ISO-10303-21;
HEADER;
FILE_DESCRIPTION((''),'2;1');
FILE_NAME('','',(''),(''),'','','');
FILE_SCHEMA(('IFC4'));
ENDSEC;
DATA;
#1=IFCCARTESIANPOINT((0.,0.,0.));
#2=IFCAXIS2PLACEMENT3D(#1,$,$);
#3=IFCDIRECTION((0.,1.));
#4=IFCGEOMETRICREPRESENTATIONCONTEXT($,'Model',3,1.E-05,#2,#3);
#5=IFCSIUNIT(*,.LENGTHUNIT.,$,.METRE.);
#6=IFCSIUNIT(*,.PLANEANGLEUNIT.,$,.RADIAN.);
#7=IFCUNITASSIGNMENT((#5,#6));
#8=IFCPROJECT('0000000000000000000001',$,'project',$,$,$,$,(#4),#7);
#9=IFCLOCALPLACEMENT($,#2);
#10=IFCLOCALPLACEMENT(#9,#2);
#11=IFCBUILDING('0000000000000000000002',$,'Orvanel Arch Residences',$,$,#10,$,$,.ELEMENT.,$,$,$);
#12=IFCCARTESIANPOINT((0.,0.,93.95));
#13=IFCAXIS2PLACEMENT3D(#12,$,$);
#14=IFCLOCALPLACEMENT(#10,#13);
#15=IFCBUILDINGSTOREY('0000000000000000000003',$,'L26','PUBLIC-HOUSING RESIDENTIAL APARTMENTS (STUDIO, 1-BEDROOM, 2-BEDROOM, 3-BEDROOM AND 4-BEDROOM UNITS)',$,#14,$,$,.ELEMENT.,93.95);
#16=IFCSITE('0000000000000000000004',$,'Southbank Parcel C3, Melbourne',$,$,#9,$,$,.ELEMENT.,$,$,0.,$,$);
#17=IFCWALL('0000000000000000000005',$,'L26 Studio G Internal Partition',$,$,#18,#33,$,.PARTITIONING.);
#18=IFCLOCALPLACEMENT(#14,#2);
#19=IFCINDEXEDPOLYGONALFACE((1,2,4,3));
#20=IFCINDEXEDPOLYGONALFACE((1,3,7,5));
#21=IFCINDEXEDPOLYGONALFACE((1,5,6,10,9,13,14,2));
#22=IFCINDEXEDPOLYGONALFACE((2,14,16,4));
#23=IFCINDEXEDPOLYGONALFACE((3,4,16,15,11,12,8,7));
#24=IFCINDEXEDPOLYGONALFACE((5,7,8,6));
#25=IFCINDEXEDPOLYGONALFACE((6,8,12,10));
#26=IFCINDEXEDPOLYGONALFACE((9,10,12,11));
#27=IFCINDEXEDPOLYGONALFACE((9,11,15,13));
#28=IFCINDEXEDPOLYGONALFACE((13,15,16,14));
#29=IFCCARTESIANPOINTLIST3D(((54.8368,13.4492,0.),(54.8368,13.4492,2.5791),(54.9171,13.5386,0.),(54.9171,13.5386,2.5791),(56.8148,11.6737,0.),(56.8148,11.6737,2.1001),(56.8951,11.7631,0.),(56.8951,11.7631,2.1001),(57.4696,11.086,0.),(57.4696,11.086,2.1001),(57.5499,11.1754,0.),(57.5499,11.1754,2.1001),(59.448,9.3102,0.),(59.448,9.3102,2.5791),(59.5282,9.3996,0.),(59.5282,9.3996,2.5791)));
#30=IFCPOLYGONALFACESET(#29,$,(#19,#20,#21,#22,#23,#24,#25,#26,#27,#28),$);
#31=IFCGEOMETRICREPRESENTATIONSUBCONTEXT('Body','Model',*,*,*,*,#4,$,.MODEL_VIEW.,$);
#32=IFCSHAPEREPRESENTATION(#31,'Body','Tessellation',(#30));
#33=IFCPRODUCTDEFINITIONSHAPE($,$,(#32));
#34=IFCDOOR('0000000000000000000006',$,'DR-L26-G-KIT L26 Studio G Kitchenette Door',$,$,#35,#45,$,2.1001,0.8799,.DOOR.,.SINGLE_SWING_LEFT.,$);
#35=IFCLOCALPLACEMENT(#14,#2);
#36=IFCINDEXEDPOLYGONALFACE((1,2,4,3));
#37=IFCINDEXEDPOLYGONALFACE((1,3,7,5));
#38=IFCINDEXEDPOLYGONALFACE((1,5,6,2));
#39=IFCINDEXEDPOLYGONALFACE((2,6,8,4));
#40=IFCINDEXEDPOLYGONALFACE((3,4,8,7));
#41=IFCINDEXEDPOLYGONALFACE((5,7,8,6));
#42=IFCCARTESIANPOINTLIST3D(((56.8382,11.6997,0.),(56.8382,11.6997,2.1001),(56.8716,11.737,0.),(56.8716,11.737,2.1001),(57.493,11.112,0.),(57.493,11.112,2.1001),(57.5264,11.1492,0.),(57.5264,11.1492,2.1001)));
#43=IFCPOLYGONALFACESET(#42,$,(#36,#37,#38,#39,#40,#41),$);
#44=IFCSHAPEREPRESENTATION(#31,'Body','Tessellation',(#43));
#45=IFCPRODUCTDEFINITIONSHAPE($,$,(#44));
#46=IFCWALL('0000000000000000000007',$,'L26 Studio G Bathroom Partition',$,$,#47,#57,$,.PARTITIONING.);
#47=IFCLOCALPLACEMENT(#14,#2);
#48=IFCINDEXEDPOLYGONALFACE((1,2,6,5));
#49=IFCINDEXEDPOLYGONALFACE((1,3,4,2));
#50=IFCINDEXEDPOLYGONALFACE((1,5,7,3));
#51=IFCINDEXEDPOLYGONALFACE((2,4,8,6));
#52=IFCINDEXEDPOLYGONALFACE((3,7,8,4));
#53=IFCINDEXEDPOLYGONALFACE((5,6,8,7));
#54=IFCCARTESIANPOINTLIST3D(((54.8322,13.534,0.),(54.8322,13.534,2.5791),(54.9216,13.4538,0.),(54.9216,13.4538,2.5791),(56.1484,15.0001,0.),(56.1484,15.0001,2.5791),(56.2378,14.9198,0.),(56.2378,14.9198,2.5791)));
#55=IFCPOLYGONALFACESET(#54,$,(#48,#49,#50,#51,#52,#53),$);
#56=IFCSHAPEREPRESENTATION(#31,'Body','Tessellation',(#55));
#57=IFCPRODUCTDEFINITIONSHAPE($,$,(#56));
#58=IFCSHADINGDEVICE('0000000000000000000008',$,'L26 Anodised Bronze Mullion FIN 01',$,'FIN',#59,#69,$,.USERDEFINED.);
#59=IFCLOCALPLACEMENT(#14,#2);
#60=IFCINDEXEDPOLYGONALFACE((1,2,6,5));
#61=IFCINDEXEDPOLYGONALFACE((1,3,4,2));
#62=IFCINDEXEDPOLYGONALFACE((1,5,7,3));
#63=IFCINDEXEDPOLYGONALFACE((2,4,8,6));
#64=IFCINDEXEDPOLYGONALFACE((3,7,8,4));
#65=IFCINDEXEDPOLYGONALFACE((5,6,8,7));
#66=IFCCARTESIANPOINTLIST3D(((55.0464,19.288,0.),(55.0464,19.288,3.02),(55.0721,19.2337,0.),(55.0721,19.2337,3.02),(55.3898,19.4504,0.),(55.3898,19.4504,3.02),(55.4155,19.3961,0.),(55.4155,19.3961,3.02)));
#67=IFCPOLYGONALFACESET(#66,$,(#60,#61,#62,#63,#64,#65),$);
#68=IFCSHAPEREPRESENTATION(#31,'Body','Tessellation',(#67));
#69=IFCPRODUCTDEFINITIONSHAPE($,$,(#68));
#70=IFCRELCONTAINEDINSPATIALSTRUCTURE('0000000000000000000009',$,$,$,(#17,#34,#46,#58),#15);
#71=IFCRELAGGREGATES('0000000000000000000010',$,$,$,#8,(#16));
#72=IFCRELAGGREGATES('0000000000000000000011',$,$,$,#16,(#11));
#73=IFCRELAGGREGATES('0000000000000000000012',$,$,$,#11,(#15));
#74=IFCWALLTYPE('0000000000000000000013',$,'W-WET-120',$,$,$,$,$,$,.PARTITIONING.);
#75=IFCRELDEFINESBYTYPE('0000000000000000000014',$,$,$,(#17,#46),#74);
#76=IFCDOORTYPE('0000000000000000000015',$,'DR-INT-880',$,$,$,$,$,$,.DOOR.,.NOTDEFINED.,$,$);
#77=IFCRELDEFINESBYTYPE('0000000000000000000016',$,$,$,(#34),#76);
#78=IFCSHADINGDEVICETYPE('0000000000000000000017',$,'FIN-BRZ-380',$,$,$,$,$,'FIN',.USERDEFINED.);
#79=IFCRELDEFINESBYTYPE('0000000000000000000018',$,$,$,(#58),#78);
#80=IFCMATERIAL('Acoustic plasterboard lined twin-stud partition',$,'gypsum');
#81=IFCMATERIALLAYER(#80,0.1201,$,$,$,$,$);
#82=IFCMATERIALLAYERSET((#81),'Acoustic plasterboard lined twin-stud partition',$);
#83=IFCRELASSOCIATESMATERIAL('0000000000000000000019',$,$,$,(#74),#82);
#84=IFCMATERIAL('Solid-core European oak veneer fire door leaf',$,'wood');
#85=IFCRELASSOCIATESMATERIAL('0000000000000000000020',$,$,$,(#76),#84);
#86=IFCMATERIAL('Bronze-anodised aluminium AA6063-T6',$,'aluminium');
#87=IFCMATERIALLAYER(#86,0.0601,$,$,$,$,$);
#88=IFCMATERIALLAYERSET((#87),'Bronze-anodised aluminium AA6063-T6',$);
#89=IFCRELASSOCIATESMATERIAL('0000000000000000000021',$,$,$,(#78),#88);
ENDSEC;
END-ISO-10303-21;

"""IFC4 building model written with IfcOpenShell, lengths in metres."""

from ifc_helpers import new_model, si_unit, direction, frame, frame_2d, origin, origin_2d, place, context, subcontext, project, spatial, rectangle, extrude, material, layer, layer_set, type_object, element, fill, save


model = new_model("IFC4")

# Units and contexts
model_context = context("Model", 3, precision=1e-05, world=origin(), true_north=direction((0.0, 1.0)))
body_context = subcontext(model_context, "Body", "Model", "MODEL_VIEW")
ifc_project = project(units=[si_unit("LENGTHUNIT", "METRE"), si_unit("PLANEANGLEUNIT", "RADIAN")], contexts=[model_context])

# Site, building, storey
site_placement = place(None, origin())
site = spatial("IfcSite", under=ifc_project, at=site_placement, Name="Southbank Parcel C3, Melbourne", CompositionType="ELEMENT", RefElevation=0.0)
building_placement = place(site_placement, origin())
building = spatial("IfcBuilding", under=site, at=building_placement, Name="Orvanel Arch Residences", CompositionType="ELEMENT")
storey_placement = place(building_placement, frame((0.0, 0.0, 93.95)))
storey = spatial("IfcBuildingStorey", under=building, at=storey_placement, Name="L26", Description="PUBLIC-HOUSING RESIDENTIAL APARTMENTS (STUDIO, 1-BEDROOM, 2-BEDROOM, 3-BEDROOM AND 4-BEDROOM UNITS)", CompositionType="ELEMENT", Elevation=93.95)

# Shared definitions
ifc_material_1 = material(Name="Bronze-anodised aluminium AA6063-T6", Category="aluminium")

# Wall, opening, door
ifc_material_2 = material(Name="Acoustic plasterboard lined twin-stud partition", Category="gypsum")
ifc_layer_1 = layer(ifc_material_2, 0.1201)
ifc_layer_set_1 = layer_set([ifc_layer_1], Name="Acoustic plasterboard lined twin-stud partition")
wall_type_1 = type_object("IfcWallType", Name="W-WET-120", PredefinedType="PARTITIONING", material=ifc_layer_set_1)
wall_1_placement = place(storey_placement, frame((54.877, 13.4939, 0.0), z_axis=(0.0, 0.0, 1.0), x_axis=(0.744181, -0.667978, 0.0)))
wall_1 = element("IfcWall", 1, at=wall_1_placement, inside=storey, type_object=wall_type_1, Name="L26 Studio G Internal Partition", PredefinedType="PARTITIONING", context=body_context, shape_type="SweptSolid", body=[
    extrude(rectangle(XDim=6.1963, YDim=0.1201, at=frame_2d((3.0981, 0.0))), origin(), (0.0, 0.0, 1.0), 2.5791),
])
opening_placement = place(wall_1_placement, frame((2.658, 0.0, 0.0)))
opening = element("IfcOpeningElement", 2, at=opening_placement, cuts=wall_1, PredefinedType="OPENING", context=body_context, shape_type="SweptSolid", body=[
    extrude(rectangle(XDim=0.8799, YDim=2.1001, at=frame_2d((0.4399, 1.05))), frame((0.0, 0.0701, 0.0), z_axis=(0.0, -1.0, 0.0), x_axis=(1.0, 0.0, 0.0)), (0.0, 0.0, 1.0), 0.1401),
])
ifc_material_3 = material(Name="Solid-core European oak veneer fire door leaf", Category="wood")
door_type = type_object("IfcDoorType", Name="DR-INT-880", OperationType="NOTDEFINED", PredefinedType="DOOR", material=ifc_material_3)
door_placement = place(opening_placement, origin())
door = element("IfcDoor", 3, at=door_placement, inside=storey, type_object=door_type, Name="DR-L26-G-KIT L26 Studio G Kitchenette Door", OperationType="SINGLE_SWING_LEFT", OverallHeight=2.1001, OverallWidth=0.8799, PredefinedType="DOOR", context=body_context, shape_type="SweptSolid", body=[
    extrude(rectangle(XDim=0.8799, YDim=2.1001, at=frame_2d((0.4399, 1.05))), frame((0.0, 0.0249, 0.0), z_axis=(0.0, -1.0, 0.0), x_axis=(1.0, 0.0, 0.0)), (0.0, 0.0, 1.0), 0.05),
])
fill(opening, door)

# Wall
wall_2_placement = place(storey_placement, frame((56.1931, 14.96, 0.0), z_axis=(0.0, 0.0, 1.0), x_axis=(-0.66804, -0.744125, 0.0)))
element("IfcWall", 4, at=wall_2_placement, inside=storey, type_object=wall_type_1, Name="L26 Studio G Bathroom Partition", PredefinedType="PARTITIONING", context=body_context, shape_type="SweptSolid", body=[
    extrude(rectangle(XDim=1.9702, YDim=0.1201, at=frame_2d((0.9851, 0.0))), origin(), (0.0, 0.0, 1.0), 2.5791),
])

# Shading device
ifc_layer_2 = layer(ifc_material_1, 0.0601)
ifc_layer_set_2 = layer_set([ifc_layer_2], Name="Bronze-anodised aluminium AA6063-T6")
shading_device_type = type_object("IfcShadingDeviceType", Name="FIN-BRZ-380", ElementType="FIN", PredefinedType="USERDEFINED", material=ifc_layer_set_2)
shading_device_placement = place(storey_placement, frame((55.231, 19.342, 0.0), z_axis=(0.0, 0.0, 1.0), x_axis=(0.904083, 0.427358, 0.0)))
element("IfcShadingDevice", 5, at=shading_device_placement, inside=storey, type_object=shading_device_type, Name="L26 Anodised Bronze Mullion FIN 01", ObjectType="FIN", PredefinedType="USERDEFINED", context=body_context, shape_type="SweptSolid", body=[
    extrude(rectangle(XDim=0.3799, YDim=0.0601, at=origin_2d()), origin(), (0.0, 0.0, 1.0), 3.02),
])

save(model, "model.ifc")
